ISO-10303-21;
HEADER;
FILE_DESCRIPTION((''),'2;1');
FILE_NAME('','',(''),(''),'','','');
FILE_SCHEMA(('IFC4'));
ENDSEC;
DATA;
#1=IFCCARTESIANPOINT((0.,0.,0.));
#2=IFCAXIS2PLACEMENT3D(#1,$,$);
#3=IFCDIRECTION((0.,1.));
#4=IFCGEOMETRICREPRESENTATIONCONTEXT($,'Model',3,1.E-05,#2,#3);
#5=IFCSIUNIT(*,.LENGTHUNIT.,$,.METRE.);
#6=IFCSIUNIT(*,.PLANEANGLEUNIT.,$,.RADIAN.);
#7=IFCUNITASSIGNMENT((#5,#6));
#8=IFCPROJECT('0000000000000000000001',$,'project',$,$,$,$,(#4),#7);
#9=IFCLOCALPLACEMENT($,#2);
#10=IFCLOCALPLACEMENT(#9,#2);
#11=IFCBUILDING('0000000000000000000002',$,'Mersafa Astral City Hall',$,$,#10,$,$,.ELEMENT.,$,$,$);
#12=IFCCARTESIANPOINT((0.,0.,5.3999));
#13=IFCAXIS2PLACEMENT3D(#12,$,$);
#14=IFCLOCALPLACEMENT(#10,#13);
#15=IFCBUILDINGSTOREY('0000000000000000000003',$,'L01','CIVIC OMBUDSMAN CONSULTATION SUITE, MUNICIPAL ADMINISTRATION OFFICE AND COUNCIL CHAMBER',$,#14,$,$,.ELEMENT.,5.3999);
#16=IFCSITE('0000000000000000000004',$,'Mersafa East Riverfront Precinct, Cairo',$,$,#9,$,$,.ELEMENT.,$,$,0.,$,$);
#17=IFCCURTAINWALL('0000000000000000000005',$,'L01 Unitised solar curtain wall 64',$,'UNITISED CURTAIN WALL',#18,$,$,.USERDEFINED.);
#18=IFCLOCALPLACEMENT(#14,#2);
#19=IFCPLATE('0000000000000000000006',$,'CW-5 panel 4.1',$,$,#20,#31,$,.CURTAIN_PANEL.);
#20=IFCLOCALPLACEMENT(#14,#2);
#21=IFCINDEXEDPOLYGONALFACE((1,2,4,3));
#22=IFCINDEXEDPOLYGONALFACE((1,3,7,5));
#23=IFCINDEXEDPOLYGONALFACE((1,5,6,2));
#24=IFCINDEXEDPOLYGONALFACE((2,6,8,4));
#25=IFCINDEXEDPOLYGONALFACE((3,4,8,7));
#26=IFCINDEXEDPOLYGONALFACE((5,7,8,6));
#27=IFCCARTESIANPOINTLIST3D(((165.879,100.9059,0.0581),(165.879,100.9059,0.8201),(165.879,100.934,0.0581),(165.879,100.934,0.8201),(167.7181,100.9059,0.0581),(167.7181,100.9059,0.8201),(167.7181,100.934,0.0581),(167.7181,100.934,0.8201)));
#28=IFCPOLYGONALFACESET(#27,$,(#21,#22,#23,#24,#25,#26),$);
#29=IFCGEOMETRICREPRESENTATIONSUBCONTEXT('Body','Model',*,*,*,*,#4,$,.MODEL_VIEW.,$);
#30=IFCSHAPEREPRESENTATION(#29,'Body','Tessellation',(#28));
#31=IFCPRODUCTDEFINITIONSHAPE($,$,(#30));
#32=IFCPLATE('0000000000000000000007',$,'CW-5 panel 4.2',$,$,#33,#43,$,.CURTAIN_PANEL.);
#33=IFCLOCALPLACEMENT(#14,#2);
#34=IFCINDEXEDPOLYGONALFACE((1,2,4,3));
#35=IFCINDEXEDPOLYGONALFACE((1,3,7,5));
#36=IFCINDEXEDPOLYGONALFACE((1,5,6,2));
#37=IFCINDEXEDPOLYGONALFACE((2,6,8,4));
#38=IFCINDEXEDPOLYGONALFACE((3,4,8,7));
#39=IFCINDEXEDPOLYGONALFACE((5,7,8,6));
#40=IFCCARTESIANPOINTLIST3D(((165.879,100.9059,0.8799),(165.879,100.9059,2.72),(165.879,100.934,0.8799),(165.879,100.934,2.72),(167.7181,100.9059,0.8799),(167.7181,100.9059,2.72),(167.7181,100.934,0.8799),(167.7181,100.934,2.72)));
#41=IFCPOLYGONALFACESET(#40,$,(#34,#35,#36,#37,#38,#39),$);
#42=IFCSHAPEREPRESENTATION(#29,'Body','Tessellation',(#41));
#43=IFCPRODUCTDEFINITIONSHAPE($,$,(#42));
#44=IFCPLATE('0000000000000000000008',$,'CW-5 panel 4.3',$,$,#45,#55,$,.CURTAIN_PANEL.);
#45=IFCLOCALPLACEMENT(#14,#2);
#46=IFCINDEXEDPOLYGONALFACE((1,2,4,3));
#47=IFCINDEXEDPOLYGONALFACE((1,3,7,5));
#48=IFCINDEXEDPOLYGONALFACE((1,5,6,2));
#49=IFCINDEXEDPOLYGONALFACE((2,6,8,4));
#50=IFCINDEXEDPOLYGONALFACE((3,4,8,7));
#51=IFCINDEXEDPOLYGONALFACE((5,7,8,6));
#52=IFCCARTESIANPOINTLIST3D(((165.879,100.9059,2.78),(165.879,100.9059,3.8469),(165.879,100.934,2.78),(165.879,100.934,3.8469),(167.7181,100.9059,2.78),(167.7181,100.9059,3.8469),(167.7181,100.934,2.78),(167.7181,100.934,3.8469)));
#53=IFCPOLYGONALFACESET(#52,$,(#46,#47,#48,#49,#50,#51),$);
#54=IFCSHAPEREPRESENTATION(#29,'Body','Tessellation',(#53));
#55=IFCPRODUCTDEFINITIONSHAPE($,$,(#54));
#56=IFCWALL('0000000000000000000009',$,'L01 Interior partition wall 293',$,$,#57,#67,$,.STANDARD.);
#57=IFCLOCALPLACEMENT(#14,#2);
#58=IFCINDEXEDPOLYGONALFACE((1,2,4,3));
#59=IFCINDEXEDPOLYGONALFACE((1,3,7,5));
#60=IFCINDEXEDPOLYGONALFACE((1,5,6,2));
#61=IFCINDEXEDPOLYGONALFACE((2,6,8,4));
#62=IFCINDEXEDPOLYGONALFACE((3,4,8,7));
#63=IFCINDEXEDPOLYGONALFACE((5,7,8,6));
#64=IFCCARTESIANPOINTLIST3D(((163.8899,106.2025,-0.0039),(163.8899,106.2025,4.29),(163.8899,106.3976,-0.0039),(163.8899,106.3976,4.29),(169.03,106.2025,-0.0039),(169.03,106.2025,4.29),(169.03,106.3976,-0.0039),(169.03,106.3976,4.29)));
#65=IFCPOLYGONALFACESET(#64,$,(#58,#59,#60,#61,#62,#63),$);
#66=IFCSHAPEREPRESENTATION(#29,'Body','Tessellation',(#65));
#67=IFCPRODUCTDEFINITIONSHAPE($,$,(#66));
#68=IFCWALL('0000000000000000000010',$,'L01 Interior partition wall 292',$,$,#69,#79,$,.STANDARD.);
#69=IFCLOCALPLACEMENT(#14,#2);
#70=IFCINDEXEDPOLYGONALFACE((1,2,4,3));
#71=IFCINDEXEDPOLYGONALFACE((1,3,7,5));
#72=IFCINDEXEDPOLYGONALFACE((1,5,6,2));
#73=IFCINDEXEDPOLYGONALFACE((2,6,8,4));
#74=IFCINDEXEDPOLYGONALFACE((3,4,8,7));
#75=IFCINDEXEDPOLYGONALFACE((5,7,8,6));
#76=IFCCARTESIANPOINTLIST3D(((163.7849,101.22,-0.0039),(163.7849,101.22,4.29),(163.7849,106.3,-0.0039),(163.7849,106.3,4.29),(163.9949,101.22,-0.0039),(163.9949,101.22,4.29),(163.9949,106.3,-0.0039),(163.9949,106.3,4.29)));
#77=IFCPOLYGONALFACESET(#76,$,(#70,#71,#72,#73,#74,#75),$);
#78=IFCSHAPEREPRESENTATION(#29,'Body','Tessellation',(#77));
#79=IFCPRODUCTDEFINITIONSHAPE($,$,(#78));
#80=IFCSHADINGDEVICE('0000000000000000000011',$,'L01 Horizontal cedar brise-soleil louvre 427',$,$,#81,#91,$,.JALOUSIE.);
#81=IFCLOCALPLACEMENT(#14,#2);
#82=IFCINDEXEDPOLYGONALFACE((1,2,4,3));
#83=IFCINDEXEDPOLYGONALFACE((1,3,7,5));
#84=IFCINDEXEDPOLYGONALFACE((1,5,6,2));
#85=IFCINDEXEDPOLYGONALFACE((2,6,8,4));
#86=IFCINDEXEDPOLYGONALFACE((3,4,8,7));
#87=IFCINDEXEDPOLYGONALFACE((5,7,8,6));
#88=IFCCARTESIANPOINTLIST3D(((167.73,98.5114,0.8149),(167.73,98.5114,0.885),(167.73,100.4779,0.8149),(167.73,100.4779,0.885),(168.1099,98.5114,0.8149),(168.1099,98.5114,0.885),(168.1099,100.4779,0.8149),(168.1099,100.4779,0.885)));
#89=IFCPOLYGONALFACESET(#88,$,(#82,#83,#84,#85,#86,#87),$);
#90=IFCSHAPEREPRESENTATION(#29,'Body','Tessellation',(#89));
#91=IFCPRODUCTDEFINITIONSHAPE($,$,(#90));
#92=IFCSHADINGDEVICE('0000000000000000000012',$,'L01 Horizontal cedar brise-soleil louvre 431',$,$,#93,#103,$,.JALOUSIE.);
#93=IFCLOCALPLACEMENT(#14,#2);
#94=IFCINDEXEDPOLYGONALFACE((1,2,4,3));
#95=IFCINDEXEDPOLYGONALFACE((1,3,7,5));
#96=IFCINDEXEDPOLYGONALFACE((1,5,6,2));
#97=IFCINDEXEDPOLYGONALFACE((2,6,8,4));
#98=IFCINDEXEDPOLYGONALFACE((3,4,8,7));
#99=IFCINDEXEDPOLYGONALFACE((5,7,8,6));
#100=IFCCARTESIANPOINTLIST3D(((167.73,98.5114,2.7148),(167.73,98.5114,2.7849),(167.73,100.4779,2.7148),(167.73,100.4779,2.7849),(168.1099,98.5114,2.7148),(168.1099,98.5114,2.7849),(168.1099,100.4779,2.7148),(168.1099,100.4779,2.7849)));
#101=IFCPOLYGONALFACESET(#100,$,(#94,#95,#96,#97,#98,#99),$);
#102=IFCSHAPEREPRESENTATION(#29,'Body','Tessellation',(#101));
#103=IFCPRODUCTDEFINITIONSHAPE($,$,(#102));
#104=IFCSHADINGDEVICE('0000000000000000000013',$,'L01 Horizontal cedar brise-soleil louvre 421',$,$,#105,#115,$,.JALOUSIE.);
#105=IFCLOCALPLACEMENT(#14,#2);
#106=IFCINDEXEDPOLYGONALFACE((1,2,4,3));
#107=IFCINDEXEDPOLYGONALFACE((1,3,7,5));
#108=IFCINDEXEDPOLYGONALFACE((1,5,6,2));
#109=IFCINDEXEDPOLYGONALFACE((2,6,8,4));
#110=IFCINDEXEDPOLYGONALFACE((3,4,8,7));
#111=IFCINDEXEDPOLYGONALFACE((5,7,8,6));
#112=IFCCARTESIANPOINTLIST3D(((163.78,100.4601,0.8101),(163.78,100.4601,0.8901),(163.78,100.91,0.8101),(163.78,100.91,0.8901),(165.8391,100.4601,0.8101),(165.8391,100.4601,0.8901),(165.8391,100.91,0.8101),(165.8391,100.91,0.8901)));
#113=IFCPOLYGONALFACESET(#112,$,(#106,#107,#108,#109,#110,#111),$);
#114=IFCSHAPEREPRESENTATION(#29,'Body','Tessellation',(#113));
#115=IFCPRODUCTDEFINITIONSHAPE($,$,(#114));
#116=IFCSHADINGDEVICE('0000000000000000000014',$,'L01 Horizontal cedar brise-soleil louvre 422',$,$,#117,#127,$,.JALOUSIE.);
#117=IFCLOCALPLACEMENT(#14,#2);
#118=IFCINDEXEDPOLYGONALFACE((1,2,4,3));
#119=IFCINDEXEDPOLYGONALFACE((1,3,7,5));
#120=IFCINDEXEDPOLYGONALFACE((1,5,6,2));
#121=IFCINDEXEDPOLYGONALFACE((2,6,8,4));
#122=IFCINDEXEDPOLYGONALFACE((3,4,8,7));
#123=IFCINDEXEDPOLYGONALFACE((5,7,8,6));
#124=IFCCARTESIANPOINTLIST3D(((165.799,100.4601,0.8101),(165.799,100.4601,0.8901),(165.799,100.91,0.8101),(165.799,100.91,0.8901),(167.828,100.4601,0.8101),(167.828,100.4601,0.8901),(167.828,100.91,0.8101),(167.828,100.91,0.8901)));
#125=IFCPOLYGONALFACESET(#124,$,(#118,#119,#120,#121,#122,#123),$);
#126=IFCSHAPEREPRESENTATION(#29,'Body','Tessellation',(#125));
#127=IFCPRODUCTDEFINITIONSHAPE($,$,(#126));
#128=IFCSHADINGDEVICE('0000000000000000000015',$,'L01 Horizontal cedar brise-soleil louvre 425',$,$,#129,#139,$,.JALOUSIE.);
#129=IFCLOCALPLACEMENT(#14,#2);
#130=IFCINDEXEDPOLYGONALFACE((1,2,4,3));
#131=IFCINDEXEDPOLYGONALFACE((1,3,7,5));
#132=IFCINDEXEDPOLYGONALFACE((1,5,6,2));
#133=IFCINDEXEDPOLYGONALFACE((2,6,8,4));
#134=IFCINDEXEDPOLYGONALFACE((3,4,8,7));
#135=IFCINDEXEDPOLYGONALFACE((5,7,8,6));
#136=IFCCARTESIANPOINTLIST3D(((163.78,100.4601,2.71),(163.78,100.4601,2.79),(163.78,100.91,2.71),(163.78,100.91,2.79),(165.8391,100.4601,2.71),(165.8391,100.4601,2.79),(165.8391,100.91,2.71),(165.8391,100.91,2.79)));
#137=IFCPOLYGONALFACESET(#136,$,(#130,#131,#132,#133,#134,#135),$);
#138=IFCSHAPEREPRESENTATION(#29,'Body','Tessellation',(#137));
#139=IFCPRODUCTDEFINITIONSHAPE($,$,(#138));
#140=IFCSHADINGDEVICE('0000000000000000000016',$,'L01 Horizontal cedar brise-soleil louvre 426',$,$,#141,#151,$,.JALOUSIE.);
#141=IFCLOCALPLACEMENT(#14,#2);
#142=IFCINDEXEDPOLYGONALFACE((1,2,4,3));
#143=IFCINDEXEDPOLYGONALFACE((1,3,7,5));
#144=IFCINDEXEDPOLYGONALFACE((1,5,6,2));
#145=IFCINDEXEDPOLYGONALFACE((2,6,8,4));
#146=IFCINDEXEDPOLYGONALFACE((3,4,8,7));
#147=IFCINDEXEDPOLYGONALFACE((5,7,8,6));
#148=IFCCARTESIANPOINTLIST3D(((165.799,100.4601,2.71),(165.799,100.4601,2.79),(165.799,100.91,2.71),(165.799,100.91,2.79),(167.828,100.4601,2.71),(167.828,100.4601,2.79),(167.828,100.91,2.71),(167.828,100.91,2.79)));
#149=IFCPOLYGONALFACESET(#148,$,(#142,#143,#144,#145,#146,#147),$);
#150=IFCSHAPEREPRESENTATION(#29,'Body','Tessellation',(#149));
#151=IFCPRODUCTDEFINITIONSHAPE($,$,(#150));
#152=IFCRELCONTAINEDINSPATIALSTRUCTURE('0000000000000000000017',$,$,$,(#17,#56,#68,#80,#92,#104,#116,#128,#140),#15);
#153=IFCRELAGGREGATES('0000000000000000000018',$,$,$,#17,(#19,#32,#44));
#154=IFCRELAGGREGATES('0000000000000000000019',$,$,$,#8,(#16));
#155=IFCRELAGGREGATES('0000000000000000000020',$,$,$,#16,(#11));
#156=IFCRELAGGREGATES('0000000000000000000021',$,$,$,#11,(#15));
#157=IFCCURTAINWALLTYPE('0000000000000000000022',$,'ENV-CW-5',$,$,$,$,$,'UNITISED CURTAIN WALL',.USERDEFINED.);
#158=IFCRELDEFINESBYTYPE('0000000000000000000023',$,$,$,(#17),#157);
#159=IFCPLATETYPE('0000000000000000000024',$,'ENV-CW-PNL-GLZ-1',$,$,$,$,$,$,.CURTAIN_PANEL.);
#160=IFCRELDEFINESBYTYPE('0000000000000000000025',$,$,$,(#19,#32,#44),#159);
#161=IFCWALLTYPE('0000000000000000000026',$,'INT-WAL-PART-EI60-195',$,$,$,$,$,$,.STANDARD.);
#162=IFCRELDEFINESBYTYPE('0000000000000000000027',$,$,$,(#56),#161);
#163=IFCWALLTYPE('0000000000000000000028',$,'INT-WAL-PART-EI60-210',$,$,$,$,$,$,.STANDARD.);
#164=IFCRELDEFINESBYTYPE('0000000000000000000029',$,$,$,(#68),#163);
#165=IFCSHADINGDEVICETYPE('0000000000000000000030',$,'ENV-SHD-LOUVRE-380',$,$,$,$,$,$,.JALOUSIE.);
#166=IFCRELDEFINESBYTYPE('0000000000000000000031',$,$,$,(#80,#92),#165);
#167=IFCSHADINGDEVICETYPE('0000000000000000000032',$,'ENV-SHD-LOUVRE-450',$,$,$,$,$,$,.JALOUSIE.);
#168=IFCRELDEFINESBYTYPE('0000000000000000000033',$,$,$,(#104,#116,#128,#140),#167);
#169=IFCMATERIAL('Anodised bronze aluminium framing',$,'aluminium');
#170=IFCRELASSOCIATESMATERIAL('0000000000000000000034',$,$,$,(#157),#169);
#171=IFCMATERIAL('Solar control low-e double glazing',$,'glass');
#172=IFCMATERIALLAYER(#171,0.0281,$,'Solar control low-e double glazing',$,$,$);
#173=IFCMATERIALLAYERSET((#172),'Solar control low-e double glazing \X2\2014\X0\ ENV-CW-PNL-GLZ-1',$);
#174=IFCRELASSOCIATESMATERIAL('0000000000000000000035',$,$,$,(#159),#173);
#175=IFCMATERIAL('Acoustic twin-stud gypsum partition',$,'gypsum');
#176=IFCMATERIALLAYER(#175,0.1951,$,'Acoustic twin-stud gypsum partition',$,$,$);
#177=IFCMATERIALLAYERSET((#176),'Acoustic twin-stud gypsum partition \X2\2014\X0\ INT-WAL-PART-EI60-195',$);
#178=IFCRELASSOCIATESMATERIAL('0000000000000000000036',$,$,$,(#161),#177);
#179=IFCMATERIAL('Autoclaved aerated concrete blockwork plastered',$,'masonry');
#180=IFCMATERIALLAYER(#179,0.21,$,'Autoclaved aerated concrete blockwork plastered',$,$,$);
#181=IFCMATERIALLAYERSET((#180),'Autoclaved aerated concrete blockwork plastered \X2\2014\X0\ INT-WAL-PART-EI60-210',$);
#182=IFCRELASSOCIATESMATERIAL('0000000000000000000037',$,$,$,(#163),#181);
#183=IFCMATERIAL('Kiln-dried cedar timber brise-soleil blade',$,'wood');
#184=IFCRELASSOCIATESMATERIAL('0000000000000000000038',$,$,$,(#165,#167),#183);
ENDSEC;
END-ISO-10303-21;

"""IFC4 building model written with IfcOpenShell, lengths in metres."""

from ifc_helpers import new_model, si_unit, direction, frame, frame_2d, origin, origin_2d, place, context, subcontext, project, spatial, rectangle, extrude, material, layer, layer_set, type_object, element, aggregate, save


model = new_model("IFC4")

# Units and contexts
model_context = context("Model", 3, precision=1e-05, world=origin(), true_north=direction((0.0, 1.0)))
body_context = subcontext(model_context, "Body", "Model", "MODEL_VIEW")
ifc_project = project(units=[si_unit("LENGTHUNIT", "METRE"), si_unit("PLANEANGLEUNIT", "RADIAN")], contexts=[model_context])

# Site, building, storey
site_placement = place(None, origin())
site = spatial("IfcSite", under=ifc_project, at=site_placement, Name="Mersafa East Riverfront Precinct, Cairo", CompositionType="ELEMENT", RefElevation=0.0)
building_placement = place(site_placement, origin())
building = spatial("IfcBuilding", under=site, at=building_placement, Name="Mersafa Astral City Hall", CompositionType="ELEMENT")
storey_placement = place(building_placement, frame((0.0, 0.0, 5.3999)))
storey = spatial("IfcBuildingStorey", under=building, at=storey_placement, Name="L01", Description="CIVIC OMBUDSMAN CONSULTATION SUITE, MUNICIPAL ADMINISTRATION OFFICE AND COUNCIL CHAMBER", CompositionType="ELEMENT", Elevation=5.3999)

# Curtain wall
ifc_material_1 = material(Name="Anodised bronze aluminium framing", Category="aluminium")
curtain_wall_type = type_object("IfcCurtainWallType", Name="ENV-CW-5", ElementType="UNITISED CURTAIN WALL", PredefinedType="USERDEFINED", material=ifc_material_1)
curtain_wall_placement = place(storey_placement, origin())
curtain_wall = element("IfcCurtainWall", 1, at=curtain_wall_placement, inside=storey, type_object=curtain_wall_type, Name="L01 Unitised solar curtain wall 64", ObjectType="UNITISED CURTAIN WALL", PredefinedType="USERDEFINED")

# Plates
ifc_material_2 = material(Name="Solar control low-e double glazing", Category="glass")
ifc_layer_1 = layer(ifc_material_2, 0.0281, Name="Solar control low-e double glazing")
ifc_layer_set_1 = layer_set([ifc_layer_1], Name="Solar control low-e double glazing — ENV-CW-PNL-GLZ-1")
plate_type = type_object("IfcPlateType", Name="ENV-CW-PNL-GLZ-1", PredefinedType="CURTAIN_PANEL", material=ifc_layer_set_1)
plate_1_placement = place(storey_placement, frame((166.7986, 100.9199, 0.0581), z_axis=(0.0, 0.0, 1.0), x_axis=(1.0, 0.0, 0.0)))
plate_1 = element("IfcPlate", 2, at=plate_1_placement, type_object=plate_type, Name="CW-5 panel 4.1", PredefinedType="CURTAIN_PANEL", context=body_context, shape_type="SweptSolid", body=[
    extrude(rectangle(XDim=1.8391, YDim=0.0281, at=origin_2d()), origin(), (0.0, 0.0, 1.0), 0.762),
])
plate_2_placement = place(storey_placement, frame((166.7986, 100.9199, 0.8799), z_axis=(0.0, 0.0, 1.0), x_axis=(1.0, 0.0, 0.0)))
plate_2 = element("IfcPlate", 3, at=plate_2_placement, type_object=plate_type, Name="CW-5 panel 4.2", PredefinedType="CURTAIN_PANEL", context=body_context, shape_type="SweptSolid", body=[
    extrude(rectangle(XDim=1.8391, YDim=0.0281, at=origin_2d()), origin(), (0.0, 0.0, 1.0), 1.8401),
])
plate_3_placement = place(storey_placement, frame((166.7986, 100.9199, 2.78), z_axis=(0.0, 0.0, 1.0), x_axis=(1.0, 0.0, 0.0)))
plate_3 = element("IfcPlate", 4, at=plate_3_placement, type_object=plate_type, Name="CW-5 panel 4.3", PredefinedType="CURTAIN_PANEL", context=body_context, shape_type="SweptSolid", body=[
    extrude(rectangle(XDim=1.8391, YDim=0.0281, at=origin_2d()), origin(), (0.0, 0.0, 1.0), 1.0669),
])
aggregate(curtain_wall, [plate_1, plate_2, plate_3])

# Walls
ifc_material_3 = material(Name="Acoustic twin-stud gypsum partition", Category="gypsum")
ifc_layer_2 = layer(ifc_material_3, 0.1951, Name="Acoustic twin-stud gypsum partition")
ifc_layer_set_2 = layer_set([ifc_layer_2], Name="Acoustic twin-stud gypsum partition — INT-WAL-PART-EI60-195")
wall_type_1 = type_object("IfcWallType", Name="INT-WAL-PART-EI60-195", PredefinedType="STANDARD", material=ifc_layer_set_2)
wall_1_placement = place(storey_placement, frame((163.8899, 106.3, -0.0039), z_axis=(0.0, 0.0, 1.0), x_axis=(1.0, 0.0, 0.0)))
element("IfcWall", 5, at=wall_1_placement, inside=storey, type_object=wall_type_1, Name="L01 Interior partition wall 293", PredefinedType="STANDARD", context=body_context, shape_type="SweptSolid", body=[
    extrude(rectangle(XDim=5.1401, YDim=0.1951, at=frame_2d((2.5701, 0.0))), origin(), (0.0, 0.0, 1.0), 4.2939),
])
ifc_material_4 = material(Name="Autoclaved aerated concrete blockwork plastered", Category="masonry")
ifc_layer_3 = layer(ifc_material_4, 0.21, Name="Autoclaved aerated concrete blockwork plastered")
ifc_layer_set_3 = layer_set([ifc_layer_3], Name="Autoclaved aerated concrete blockwork plastered — INT-WAL-PART-EI60-210")
wall_type_2 = type_object("IfcWallType", Name="INT-WAL-PART-EI60-210", PredefinedType="STANDARD", material=ifc_layer_set_3)
wall_2_placement = place(storey_placement, frame((163.8899, 101.22, -0.0039), z_axis=(0.0, 0.0, 1.0), x_axis=(0.0, 1.0, 0.0)))
element("IfcWall", 6, at=wall_2_placement, inside=storey, type_object=wall_type_2, Name="L01 Interior partition wall 292", PredefinedType="STANDARD", context=body_context, shape_type="SweptSolid", body=[
    extrude(rectangle(XDim=5.0801, YDim=0.21, at=frame_2d((2.54, 0.0))), origin(), (0.0, 0.0, 1.0), 4.2939),
])

# Shading devices
ifc_material_5 = material(Name="Kiln-dried cedar timber brise-soleil blade", Category="wood")
shading_device_type_1 = type_object("IfcShadingDeviceType", Name="ENV-SHD-LOUVRE-380", PredefinedType="JALOUSIE", material=ifc_material_5)
for number, where, z_axis, x_axis, name in (
    (7, (167.9199, 99.4946, 0.8149), (0.0, 0.0, 1.0), (0.0, -1.0, 0.0), "L01 Horizontal cedar brise-soleil louvre 427"),
    (8, (167.9199, 99.4946, 2.7148), (0.0, 0.0, 1.0), (0.0, -1.0, 0.0), "L01 Horizontal cedar brise-soleil louvre 431"),
):
    element("IfcShadingDevice", number, at=place(storey_placement, frame(where, z_axis=z_axis, x_axis=x_axis)), inside=storey, type_object=shading_device_type_1, Name=name, PredefinedType="JALOUSIE", context=body_context, shape_type="SweptSolid", body=[
        extrude(rectangle(XDim=1.9666, YDim=0.3799, at=origin_2d()), origin(), (0.0, 0.0, 1.0), 0.0701),
    ])
shading_device_type_2 = type_object("IfcShadingDeviceType", Name="ENV-SHD-LOUVRE-450", PredefinedType="JALOUSIE", material=ifc_material_5)
shading_device_1_placement = place(storey_placement, frame((164.8096, 100.6851, 0.8101), z_axis=(0.0, 0.0, 1.0), x_axis=(1.0, 0.0, 0.0)))
element("IfcShadingDevice", 9, at=shading_device_1_placement, inside=storey, type_object=shading_device_type_2, Name="L01 Horizontal cedar brise-soleil louvre 421", PredefinedType="JALOUSIE", context=body_context, shape_type="SweptSolid", body=[
    extrude(rectangle(XDim=2.0591, YDim=0.45, at=origin_2d()), origin(), (0.0, 0.0, 1.0), 0.0801),
])
shading_device_2_placement = place(storey_placement, frame((166.8135, 100.6851, 0.8101), z_axis=(0.0, 0.0, 1.0), x_axis=(1.0, 0.0, 0.0)))
element("IfcShadingDevice", 10, at=shading_device_2_placement, inside=storey, type_object=shading_device_type_2, Name="L01 Horizontal cedar brise-soleil louvre 422", PredefinedType="JALOUSIE", context=body_context, shape_type="SweptSolid", body=[
    extrude(rectangle(XDim=2.0291, YDim=0.45, at=origin_2d()), origin(), (0.0, 0.0, 1.0), 0.0801),
])
shading_device_3_placement = place(storey_placement, frame((164.8096, 100.6851, 2.71), z_axis=(0.0, 0.0, 1.0), x_axis=(1.0, 0.0, 0.0)))
element("IfcShadingDevice", 11, at=shading_device_3_placement, inside=storey, type_object=shading_device_type_2, Name="L01 Horizontal cedar brise-soleil louvre 425", PredefinedType="JALOUSIE", context=body_context, shape_type="SweptSolid", body=[
    extrude(rectangle(XDim=2.0591, YDim=0.45, at=origin_2d()), origin(), (0.0, 0.0, 1.0), 0.0801),
])
shading_device_4_placement = place(storey_placement, frame((166.8135, 100.6851, 2.71), z_axis=(0.0, 0.0, 1.0), x_axis=(1.0, 0.0, 0.0)))
element("IfcShadingDevice", 12, at=shading_device_4_placement, inside=storey, type_object=shading_device_type_2, Name="L01 Horizontal cedar brise-soleil louvre 426", PredefinedType="JALOUSIE", context=body_context, shape_type="SweptSolid", body=[
    extrude(rectangle(XDim=2.0291, YDim=0.45, at=origin_2d()), origin(), (0.0, 0.0, 1.0), 0.0801),
])

save(model, "model.ifc")
